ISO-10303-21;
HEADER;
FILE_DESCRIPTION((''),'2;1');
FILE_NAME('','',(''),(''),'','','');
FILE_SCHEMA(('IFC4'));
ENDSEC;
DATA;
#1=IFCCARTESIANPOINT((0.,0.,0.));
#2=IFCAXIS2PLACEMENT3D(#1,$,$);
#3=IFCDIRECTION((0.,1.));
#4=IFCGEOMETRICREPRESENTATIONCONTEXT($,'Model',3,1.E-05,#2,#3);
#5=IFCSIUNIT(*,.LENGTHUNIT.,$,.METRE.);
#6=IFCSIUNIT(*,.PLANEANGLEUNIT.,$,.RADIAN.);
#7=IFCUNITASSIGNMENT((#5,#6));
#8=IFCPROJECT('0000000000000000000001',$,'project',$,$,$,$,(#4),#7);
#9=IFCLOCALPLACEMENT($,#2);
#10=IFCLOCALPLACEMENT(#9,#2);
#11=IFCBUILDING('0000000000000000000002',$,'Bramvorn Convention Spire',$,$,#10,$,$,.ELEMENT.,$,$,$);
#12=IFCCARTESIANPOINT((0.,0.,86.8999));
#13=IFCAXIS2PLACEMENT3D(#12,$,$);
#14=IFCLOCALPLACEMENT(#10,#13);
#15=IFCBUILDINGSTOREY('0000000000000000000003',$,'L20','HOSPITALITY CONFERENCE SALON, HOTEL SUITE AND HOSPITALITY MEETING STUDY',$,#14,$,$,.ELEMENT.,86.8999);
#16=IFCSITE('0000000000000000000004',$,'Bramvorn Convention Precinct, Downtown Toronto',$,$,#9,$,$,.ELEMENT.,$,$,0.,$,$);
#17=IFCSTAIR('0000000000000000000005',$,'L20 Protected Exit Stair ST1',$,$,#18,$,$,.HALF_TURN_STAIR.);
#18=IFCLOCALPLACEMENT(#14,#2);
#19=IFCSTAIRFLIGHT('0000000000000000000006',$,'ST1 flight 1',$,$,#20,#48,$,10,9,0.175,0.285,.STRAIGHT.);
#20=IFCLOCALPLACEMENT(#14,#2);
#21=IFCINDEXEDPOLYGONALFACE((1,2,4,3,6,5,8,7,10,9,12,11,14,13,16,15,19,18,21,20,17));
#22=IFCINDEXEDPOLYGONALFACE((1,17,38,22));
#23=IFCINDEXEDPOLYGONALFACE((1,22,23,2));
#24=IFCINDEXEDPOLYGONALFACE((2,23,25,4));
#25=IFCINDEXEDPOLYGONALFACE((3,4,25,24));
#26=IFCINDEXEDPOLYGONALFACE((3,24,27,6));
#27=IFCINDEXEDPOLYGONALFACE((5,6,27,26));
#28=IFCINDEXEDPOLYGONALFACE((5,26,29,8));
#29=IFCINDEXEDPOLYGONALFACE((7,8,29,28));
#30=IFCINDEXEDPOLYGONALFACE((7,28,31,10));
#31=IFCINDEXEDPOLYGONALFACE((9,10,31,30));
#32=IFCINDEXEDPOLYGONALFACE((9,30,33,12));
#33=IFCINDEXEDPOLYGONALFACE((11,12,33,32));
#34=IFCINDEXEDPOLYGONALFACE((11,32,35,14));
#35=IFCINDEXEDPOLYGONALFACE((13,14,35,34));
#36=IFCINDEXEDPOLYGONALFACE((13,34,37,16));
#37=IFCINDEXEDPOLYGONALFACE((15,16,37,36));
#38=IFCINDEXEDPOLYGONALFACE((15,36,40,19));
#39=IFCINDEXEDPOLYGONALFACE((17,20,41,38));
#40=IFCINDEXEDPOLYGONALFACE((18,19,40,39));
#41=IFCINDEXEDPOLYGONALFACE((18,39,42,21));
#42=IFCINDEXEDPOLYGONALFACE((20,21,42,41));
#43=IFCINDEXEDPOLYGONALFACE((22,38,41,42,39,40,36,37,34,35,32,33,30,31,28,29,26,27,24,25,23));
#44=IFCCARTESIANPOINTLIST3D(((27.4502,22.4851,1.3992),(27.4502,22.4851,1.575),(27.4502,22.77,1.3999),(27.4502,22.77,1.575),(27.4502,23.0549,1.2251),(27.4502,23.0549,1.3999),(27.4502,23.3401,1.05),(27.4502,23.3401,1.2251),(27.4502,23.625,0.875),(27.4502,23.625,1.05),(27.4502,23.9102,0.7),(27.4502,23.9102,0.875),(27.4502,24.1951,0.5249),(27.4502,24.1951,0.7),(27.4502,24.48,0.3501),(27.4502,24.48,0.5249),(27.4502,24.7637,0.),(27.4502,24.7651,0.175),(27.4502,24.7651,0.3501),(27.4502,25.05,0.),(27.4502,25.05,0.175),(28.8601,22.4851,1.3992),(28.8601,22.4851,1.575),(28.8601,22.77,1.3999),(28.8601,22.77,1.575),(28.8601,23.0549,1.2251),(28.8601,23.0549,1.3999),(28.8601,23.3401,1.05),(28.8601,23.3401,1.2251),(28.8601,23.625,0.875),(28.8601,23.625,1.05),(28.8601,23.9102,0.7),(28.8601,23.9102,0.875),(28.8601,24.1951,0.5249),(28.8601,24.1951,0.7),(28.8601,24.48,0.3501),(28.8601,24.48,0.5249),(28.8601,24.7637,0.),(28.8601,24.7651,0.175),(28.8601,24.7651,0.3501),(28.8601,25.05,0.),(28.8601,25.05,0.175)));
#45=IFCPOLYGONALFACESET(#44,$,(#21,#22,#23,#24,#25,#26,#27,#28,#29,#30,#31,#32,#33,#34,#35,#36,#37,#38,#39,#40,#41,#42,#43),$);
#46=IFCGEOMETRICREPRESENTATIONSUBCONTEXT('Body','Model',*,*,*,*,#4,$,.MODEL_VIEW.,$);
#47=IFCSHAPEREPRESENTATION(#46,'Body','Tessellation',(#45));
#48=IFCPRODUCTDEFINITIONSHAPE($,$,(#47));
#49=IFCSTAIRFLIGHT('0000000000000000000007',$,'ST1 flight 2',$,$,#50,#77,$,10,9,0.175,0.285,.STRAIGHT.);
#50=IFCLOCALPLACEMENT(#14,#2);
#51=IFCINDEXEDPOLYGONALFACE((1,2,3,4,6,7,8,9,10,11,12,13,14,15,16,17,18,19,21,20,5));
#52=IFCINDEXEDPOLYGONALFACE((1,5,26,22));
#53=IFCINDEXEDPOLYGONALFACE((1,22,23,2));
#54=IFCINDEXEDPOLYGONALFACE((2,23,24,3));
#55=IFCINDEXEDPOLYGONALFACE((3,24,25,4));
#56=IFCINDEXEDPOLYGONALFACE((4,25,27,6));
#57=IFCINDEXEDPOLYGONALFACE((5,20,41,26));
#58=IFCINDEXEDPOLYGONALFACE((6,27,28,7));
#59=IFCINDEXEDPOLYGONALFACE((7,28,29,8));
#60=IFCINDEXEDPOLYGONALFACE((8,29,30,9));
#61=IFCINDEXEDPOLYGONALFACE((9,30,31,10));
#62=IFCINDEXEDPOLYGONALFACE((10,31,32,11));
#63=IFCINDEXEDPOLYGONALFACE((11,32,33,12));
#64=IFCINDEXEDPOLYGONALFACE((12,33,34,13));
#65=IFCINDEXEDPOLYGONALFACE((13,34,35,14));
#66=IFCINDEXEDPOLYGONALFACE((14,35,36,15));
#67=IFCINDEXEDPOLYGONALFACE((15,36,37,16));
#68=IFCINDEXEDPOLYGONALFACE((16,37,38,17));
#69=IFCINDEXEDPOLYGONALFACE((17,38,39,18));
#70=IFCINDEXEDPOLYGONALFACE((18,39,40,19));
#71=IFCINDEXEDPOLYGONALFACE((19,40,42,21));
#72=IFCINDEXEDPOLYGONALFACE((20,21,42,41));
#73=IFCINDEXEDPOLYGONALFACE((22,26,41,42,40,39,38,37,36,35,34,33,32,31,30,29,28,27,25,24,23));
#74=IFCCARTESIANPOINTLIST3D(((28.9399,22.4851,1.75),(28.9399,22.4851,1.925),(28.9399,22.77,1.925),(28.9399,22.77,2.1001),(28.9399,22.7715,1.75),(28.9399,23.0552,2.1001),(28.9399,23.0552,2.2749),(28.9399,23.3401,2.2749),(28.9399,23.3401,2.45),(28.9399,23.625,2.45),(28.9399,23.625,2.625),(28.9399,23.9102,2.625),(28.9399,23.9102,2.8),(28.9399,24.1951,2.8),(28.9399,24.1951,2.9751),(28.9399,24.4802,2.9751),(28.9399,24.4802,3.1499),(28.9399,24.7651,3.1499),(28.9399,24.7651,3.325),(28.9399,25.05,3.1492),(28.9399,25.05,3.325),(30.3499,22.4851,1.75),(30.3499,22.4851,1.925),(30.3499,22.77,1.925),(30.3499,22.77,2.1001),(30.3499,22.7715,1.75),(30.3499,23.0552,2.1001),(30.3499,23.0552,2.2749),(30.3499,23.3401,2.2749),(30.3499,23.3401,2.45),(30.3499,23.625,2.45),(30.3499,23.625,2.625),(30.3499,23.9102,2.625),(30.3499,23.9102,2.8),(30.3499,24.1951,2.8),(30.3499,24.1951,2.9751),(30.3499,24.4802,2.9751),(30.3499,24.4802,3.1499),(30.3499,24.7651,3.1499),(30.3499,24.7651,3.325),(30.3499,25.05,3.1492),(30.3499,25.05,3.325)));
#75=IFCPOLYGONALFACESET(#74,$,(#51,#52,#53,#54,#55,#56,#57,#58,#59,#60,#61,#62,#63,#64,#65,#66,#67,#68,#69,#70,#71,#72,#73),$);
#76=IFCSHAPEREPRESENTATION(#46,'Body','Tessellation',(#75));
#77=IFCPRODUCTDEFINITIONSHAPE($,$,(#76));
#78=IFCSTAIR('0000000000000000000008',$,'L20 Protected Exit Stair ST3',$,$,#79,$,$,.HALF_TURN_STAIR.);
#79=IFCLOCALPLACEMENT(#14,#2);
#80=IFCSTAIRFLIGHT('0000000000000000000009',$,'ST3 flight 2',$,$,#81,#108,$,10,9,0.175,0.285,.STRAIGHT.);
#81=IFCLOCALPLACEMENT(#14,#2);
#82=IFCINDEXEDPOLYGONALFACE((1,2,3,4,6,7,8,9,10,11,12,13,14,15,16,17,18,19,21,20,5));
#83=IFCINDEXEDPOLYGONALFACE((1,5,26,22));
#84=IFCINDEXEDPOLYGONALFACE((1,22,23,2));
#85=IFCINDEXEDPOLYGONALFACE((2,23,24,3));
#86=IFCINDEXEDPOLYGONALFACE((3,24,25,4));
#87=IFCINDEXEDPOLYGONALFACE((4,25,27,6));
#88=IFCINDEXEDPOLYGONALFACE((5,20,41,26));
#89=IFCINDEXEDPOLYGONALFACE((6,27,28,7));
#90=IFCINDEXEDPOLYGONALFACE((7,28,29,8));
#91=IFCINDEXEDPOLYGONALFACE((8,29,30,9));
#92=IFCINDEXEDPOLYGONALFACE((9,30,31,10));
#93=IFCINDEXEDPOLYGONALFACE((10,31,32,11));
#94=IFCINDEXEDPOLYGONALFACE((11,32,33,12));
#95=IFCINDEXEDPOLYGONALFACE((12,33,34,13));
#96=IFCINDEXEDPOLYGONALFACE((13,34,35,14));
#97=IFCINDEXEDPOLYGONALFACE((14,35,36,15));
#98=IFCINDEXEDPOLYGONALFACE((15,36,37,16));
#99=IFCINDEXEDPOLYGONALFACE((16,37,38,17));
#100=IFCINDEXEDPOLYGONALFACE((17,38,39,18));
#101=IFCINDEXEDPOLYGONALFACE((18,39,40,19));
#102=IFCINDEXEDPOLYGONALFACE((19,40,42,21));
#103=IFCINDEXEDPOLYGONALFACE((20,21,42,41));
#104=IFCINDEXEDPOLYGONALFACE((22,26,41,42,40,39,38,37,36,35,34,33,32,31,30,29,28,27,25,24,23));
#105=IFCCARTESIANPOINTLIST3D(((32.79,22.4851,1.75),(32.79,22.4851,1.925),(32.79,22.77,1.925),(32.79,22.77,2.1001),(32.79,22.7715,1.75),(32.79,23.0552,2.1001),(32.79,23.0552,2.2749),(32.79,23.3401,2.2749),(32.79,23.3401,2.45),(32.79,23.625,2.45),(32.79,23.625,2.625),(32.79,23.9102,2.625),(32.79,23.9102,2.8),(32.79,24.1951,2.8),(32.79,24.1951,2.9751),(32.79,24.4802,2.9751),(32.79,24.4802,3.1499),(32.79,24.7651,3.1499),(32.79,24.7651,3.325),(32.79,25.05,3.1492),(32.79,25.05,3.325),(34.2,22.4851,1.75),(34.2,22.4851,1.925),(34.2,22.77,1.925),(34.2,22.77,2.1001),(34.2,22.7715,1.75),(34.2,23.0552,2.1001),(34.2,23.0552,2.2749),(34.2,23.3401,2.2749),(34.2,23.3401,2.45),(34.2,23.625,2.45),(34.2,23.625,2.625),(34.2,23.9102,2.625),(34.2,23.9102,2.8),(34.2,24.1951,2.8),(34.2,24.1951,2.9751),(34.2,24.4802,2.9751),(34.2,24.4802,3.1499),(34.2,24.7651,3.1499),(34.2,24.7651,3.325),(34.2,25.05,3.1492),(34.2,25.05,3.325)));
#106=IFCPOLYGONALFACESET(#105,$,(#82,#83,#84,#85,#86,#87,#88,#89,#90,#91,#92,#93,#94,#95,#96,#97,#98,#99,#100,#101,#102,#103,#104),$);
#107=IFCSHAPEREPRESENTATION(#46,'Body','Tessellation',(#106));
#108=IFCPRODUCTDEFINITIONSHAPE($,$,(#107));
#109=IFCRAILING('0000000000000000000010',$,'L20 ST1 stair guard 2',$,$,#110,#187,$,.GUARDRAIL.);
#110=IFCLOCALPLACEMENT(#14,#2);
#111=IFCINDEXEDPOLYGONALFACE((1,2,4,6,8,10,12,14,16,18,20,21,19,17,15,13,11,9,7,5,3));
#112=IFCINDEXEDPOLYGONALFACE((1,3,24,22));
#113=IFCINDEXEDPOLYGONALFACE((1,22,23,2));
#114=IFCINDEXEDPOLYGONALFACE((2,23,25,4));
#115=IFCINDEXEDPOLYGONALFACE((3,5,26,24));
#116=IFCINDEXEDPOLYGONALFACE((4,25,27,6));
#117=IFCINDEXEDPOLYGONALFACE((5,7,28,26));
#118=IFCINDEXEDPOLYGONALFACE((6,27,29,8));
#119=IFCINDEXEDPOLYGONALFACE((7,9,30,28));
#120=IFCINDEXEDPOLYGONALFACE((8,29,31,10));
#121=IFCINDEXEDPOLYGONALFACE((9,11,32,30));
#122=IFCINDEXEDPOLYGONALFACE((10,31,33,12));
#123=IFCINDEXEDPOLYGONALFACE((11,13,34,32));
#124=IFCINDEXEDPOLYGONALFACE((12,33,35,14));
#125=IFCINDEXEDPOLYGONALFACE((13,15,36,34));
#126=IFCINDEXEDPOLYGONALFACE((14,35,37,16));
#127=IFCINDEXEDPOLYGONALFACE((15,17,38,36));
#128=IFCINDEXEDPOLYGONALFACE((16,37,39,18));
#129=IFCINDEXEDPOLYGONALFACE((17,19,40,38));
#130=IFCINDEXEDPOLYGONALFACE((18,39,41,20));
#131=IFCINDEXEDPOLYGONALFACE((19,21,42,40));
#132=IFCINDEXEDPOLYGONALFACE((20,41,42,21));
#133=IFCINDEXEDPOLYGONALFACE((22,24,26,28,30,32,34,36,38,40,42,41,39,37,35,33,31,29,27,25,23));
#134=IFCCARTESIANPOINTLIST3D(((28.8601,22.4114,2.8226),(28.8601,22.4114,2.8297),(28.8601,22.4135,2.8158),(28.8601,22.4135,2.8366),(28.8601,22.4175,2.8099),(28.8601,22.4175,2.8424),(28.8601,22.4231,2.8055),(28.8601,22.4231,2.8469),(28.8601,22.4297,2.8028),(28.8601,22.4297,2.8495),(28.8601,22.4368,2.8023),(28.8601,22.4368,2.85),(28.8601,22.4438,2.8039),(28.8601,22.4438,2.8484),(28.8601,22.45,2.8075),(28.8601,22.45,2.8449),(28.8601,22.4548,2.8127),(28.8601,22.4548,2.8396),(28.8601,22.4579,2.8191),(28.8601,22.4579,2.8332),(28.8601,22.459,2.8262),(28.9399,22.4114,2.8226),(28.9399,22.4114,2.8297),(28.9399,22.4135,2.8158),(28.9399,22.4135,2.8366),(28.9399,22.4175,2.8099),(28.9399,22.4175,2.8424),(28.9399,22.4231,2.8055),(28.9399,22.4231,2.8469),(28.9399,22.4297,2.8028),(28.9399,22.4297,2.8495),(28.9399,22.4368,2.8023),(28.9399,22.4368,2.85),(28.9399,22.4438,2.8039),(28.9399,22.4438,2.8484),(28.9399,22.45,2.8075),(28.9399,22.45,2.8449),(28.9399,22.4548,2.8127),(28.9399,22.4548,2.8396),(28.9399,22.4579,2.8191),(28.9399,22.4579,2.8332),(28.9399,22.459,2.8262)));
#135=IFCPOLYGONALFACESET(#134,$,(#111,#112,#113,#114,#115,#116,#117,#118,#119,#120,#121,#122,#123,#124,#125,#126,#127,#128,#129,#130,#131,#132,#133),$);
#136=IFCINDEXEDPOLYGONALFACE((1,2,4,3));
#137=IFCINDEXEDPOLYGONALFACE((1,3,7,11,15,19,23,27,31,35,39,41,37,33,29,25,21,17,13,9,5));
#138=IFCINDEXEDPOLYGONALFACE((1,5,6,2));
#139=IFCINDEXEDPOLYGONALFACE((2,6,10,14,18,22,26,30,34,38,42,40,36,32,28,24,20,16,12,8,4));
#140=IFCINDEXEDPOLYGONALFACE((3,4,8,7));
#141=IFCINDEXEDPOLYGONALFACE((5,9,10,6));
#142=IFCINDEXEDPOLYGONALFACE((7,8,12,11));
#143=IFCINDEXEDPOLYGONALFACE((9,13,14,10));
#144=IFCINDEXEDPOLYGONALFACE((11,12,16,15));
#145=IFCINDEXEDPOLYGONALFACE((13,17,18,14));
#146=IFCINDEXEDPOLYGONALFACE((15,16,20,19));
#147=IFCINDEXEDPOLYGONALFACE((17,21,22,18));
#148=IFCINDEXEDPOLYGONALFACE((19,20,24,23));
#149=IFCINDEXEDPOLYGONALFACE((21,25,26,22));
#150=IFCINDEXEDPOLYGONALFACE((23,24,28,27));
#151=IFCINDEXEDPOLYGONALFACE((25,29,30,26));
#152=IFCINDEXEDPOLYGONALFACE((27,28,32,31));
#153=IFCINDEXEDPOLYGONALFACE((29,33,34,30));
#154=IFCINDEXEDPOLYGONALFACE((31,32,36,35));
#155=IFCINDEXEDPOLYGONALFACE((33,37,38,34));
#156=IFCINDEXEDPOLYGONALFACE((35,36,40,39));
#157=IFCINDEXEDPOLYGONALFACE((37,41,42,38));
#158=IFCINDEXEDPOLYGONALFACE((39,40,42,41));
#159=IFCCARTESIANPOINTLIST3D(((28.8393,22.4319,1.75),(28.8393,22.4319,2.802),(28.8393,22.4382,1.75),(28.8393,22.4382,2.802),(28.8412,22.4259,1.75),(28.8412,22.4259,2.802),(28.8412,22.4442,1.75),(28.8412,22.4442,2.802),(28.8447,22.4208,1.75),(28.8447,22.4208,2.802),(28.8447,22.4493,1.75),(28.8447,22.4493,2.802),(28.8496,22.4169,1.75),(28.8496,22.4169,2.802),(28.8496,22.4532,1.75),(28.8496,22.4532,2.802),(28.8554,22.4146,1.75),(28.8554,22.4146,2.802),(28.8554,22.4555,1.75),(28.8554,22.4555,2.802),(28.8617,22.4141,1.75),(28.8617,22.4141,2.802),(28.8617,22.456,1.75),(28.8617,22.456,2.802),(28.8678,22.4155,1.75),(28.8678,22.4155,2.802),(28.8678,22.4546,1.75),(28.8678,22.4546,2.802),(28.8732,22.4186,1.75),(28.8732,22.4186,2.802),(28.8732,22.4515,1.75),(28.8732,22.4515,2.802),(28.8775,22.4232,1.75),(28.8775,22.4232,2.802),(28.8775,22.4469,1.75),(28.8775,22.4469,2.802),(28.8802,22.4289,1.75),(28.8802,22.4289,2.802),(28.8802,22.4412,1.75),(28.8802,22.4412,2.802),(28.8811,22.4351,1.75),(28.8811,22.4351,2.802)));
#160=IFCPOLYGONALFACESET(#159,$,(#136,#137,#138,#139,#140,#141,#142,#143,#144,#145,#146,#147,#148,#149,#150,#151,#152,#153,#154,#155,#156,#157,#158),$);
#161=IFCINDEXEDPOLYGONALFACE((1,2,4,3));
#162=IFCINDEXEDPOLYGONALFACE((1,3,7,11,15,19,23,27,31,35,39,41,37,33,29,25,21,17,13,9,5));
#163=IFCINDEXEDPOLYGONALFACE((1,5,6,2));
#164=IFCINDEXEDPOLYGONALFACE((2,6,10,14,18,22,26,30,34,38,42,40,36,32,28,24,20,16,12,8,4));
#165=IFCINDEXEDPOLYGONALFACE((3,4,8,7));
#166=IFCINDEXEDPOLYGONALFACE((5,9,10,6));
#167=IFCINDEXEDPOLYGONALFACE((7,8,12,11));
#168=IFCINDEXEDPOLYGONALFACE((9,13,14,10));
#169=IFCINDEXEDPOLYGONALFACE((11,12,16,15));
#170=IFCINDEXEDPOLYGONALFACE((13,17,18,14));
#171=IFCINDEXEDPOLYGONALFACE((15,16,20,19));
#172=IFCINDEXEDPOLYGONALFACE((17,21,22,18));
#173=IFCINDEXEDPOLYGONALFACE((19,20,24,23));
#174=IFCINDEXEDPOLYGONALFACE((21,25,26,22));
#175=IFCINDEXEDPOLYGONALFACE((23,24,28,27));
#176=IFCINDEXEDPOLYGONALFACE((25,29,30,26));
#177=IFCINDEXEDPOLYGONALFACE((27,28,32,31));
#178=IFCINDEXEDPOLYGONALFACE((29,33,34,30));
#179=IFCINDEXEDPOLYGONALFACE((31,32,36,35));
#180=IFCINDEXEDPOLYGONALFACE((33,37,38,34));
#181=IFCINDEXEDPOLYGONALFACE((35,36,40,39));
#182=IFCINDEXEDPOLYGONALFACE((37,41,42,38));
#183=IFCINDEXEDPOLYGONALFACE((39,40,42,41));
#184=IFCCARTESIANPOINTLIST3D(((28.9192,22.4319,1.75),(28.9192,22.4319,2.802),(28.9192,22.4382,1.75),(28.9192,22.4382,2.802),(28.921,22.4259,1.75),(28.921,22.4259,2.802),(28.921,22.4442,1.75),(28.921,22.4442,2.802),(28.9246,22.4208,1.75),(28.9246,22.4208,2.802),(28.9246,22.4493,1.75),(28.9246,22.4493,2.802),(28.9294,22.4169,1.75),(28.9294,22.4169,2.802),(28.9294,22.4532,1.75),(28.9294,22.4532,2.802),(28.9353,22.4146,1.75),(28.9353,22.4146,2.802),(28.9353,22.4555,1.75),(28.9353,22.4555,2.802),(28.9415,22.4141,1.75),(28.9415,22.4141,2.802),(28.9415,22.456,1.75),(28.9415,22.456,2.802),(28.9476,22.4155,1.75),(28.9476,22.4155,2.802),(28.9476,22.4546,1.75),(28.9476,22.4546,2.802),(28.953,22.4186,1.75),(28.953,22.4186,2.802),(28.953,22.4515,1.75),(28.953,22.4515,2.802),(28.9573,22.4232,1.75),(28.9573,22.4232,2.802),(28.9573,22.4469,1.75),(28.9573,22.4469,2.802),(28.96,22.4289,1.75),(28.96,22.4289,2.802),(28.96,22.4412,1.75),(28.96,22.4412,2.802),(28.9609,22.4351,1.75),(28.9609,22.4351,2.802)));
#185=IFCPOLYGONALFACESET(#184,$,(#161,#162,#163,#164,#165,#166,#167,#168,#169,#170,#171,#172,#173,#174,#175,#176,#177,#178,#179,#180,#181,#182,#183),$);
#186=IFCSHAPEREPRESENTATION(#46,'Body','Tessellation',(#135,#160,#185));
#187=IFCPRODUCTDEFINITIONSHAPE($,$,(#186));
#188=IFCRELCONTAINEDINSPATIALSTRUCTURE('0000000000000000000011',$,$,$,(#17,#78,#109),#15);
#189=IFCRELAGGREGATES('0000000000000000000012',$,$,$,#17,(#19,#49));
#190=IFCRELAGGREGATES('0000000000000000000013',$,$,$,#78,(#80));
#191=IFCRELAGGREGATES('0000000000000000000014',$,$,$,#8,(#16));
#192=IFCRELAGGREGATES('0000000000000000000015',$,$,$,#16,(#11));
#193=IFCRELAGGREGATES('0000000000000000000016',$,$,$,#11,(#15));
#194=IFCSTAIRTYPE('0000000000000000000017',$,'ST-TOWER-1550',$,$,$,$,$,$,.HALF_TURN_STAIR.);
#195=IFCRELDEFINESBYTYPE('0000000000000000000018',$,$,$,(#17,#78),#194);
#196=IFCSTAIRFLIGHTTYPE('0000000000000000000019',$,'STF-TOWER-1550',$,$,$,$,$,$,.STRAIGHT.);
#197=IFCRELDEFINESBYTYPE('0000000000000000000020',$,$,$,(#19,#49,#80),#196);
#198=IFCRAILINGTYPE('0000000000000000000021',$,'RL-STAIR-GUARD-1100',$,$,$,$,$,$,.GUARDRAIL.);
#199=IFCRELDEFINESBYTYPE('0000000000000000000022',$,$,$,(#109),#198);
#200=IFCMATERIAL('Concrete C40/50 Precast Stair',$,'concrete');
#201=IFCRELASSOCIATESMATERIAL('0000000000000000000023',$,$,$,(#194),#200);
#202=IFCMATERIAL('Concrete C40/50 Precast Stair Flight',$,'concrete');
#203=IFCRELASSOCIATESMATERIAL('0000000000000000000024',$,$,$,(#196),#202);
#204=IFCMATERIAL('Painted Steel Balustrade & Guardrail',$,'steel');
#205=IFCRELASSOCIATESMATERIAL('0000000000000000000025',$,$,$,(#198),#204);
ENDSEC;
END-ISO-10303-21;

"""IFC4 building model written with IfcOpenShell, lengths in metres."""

from ifc_helpers import new_model, si_unit, direction, frame, origin, origin_2d, place, context, subcontext, project, spatial, polyline, circle, outline, extrude, material, type_object, element, aggregate, save


model = new_model("IFC4")

# Units and contexts
model_context = context("Model", 3, precision=1e-05, world=origin(), true_north=direction((0.0, 1.0)))
body_context = subcontext(model_context, "Body", "Model", "MODEL_VIEW")
ifc_project = project(units=[si_unit("LENGTHUNIT", "METRE"), si_unit("PLANEANGLEUNIT", "RADIAN")], contexts=[model_context])

# Site, building, storey
site_placement = place(None, origin())
site = spatial("IfcSite", under=ifc_project, at=site_placement, Name="Bramvorn Convention Precinct, Downtown Toronto", CompositionType="ELEMENT", RefElevation=0.0)
building_placement = place(site_placement, origin())
building = spatial("IfcBuilding", under=site, at=building_placement, Name="Bramvorn Convention Spire", CompositionType="ELEMENT")
storey_placement = place(building_placement, frame((0.0, 0.0, 86.8999)))
storey = spatial("IfcBuildingStorey", under=building, at=storey_placement, Name="L20", Description="HOSPITALITY CONFERENCE SALON, HOTEL SUITE AND HOSPITALITY MEETING STUDY", CompositionType="ELEMENT", Elevation=86.8999)

# Stair, stair flights
ifc_material_1 = material(Name="Concrete C40/50 Precast Stair", Category="concrete")
stair_type = type_object("IfcStairType", Name="ST-TOWER-1550", PredefinedType="HALF_TURN_STAIR", material=ifc_material_1)
stair_1_placement = place(storey_placement, origin())
stair_1 = element("IfcStair", 1, at=stair_1_placement, inside=storey, type_object=stair_type, Name="L20 Protected Exit Stair ST1", PredefinedType="HALF_TURN_STAIR")
ifc_material_2 = material(Name="Concrete C40/50 Precast Stair Flight", Category="concrete")
stair_flight_type = type_object("IfcStairFlightType", Name="STF-TOWER-1550", PredefinedType="STRAIGHT", material=ifc_material_2)
stair_flight_1_placement = place(storey_placement, frame((28.155, 25.05, 0.0), z_axis=(0.0, 0.0, 1.0), x_axis=(0.0, -1.0, 0.0)))
stair_flight_1 = element("IfcStairFlight", 2, at=stair_flight_1_placement, type_object=stair_flight_type, Name="ST1 flight 1", NumberOfRisers=10, NumberOfTreads=9, PredefinedType="STRAIGHT", RiserHeight=0.175, TreadLength=0.285, context=body_context, shape_type="SweptSolid", body=[
    extrude(outline(polyline([(0.0, 0.0), (0.0, 0.175), (0.2849, 0.175), (0.2849, 0.3501), (0.5701, 0.3501), (0.5701, 0.5249), (0.855, 0.5249), (0.855, 0.7), (1.1399, 0.7), (1.1399, 0.875), (1.425, 0.875), (1.425, 1.05), (1.71, 1.05), (1.71, 1.2251), (1.9951, 1.2251), (1.9951, 1.3999), (2.28, 1.3999), (2.28, 1.575), (2.5649, 1.575), (2.5649, 1.75), (2.5649, 1.3992), (0.2864, 0.0), (0.0, 0.0)])), frame((0.0, 0.7051, 0.0), z_axis=(0.0, -1.0, 0.0), x_axis=(1.0, 0.0, 0.0)), (0.0, 0.0, 1.0), 1.4099),
])
stair_flight_2_placement = place(storey_placement, frame((29.645, 22.4851, 1.75), z_axis=(0.0, 0.0, 1.0), x_axis=(0.0, 1.0, 0.0)))
stair_flight_2 = element("IfcStairFlight", 3, at=stair_flight_2_placement, type_object=stair_flight_type, Name="ST1 flight 2", NumberOfRisers=10, NumberOfTreads=9, PredefinedType="STRAIGHT", RiserHeight=0.175, TreadLength=0.285, context=body_context, shape_type="SweptSolid", body=[
    extrude(outline(polyline([(0.0, 0.0), (0.0, 0.175), (0.2849, 0.175), (0.2849, 0.3501), (0.5701, 0.3501), (0.5701, 0.5249), (0.855, 0.5249), (0.855, 0.7), (1.1399, 0.7), (1.1399, 0.875), (1.425, 0.875), (1.425, 1.05), (1.71, 1.05), (1.71, 1.2251), (1.9951, 1.2251), (1.9951, 1.3999), (2.28, 1.3999), (2.28, 1.575), (2.5649, 1.575), (2.5649, 1.75), (2.5649, 1.3992), (0.2864, 0.0), (0.0, 0.0)])), frame((0.0, 0.7051, 0.0), z_axis=(0.0, -1.0, 0.0), x_axis=(1.0, 0.0, 0.0)), (0.0, 0.0, 1.0), 1.4099),
])
aggregate(stair_1, [stair_flight_1, stair_flight_2])

# Stair, stair flight
stair_2_placement = place(storey_placement, origin())
stair_2 = element("IfcStair", 4, at=stair_2_placement, inside=storey, type_object=stair_type, Name="L20 Protected Exit Stair ST3", PredefinedType="HALF_TURN_STAIR")
stair_flight_3_placement = place(storey_placement, frame((33.4951, 22.4851, 1.75), z_axis=(0.0, 0.0, 1.0), x_axis=(0.0, 1.0, 0.0)))
stair_flight_3 = element("IfcStairFlight", 5, at=stair_flight_3_placement, type_object=stair_flight_type, Name="ST3 flight 2", NumberOfRisers=10, NumberOfTreads=9, PredefinedType="STRAIGHT", RiserHeight=0.175, TreadLength=0.285, context=body_context, shape_type="SweptSolid", body=[
    extrude(outline(polyline([(0.0, 0.0), (0.0, 0.175), (0.2849, 0.175), (0.2849, 0.3501), (0.5701, 0.3501), (0.5701, 0.5249), (0.855, 0.5249), (0.855, 0.7), (1.1399, 0.7), (1.1399, 0.875), (1.425, 0.875), (1.425, 1.05), (1.71, 1.05), (1.71, 1.2251), (1.9951, 1.2251), (1.9951, 1.3999), (2.28, 1.3999), (2.28, 1.575), (2.5649, 1.575), (2.5649, 1.75), (2.5649, 1.3992), (0.2864, 0.0), (0.0, 0.0)])), frame((0.0, 0.7051, 0.0), z_axis=(0.0, -1.0, 0.0), x_axis=(1.0, 0.0, 0.0)), (0.0, 0.0, 1.0), 1.4099),
])
aggregate(stair_2, [stair_flight_3])

# Railing
ifc_material_3 = material(Name="Painted Steel Balustrade & Guardrail", Category="steel")
railing_type_1 = type_object("IfcRailingType", Name="RL-STAIR-GUARD-1100", PredefinedType="GUARDRAIL", material=ifc_material_3)
railing_1_placement = place(storey_placement, frame((28.8601, 22.4351, 1.75)))
element("IfcRailing", 6, at=railing_1_placement, inside=storey, type_object=railing_type_1, Name="L20 ST1 stair guard 2", PredefinedType="GUARDRAIL", context=body_context, shape_type="SweptSolid", body=[
    extrude(circle(Radius=0.0239, at=origin_2d()), frame((0.0, 0.0, 1.0762), z_axis=(1.0, 0.0, 0.0), x_axis=(0.0, 1.0, 0.0)), (0.0, 0.0, 1.0), 0.0798),
    extrude(circle(Radius=0.021, at=origin_2d()), origin(), (0.0, 0.0, 1.0), 1.052),
    extrude(circle(Radius=0.021, at=origin_2d()), frame((0.0798, 0.0, 0.0)), (0.0, 0.0, 1.0), 1.052),
])

save(model, "model.ifc")
